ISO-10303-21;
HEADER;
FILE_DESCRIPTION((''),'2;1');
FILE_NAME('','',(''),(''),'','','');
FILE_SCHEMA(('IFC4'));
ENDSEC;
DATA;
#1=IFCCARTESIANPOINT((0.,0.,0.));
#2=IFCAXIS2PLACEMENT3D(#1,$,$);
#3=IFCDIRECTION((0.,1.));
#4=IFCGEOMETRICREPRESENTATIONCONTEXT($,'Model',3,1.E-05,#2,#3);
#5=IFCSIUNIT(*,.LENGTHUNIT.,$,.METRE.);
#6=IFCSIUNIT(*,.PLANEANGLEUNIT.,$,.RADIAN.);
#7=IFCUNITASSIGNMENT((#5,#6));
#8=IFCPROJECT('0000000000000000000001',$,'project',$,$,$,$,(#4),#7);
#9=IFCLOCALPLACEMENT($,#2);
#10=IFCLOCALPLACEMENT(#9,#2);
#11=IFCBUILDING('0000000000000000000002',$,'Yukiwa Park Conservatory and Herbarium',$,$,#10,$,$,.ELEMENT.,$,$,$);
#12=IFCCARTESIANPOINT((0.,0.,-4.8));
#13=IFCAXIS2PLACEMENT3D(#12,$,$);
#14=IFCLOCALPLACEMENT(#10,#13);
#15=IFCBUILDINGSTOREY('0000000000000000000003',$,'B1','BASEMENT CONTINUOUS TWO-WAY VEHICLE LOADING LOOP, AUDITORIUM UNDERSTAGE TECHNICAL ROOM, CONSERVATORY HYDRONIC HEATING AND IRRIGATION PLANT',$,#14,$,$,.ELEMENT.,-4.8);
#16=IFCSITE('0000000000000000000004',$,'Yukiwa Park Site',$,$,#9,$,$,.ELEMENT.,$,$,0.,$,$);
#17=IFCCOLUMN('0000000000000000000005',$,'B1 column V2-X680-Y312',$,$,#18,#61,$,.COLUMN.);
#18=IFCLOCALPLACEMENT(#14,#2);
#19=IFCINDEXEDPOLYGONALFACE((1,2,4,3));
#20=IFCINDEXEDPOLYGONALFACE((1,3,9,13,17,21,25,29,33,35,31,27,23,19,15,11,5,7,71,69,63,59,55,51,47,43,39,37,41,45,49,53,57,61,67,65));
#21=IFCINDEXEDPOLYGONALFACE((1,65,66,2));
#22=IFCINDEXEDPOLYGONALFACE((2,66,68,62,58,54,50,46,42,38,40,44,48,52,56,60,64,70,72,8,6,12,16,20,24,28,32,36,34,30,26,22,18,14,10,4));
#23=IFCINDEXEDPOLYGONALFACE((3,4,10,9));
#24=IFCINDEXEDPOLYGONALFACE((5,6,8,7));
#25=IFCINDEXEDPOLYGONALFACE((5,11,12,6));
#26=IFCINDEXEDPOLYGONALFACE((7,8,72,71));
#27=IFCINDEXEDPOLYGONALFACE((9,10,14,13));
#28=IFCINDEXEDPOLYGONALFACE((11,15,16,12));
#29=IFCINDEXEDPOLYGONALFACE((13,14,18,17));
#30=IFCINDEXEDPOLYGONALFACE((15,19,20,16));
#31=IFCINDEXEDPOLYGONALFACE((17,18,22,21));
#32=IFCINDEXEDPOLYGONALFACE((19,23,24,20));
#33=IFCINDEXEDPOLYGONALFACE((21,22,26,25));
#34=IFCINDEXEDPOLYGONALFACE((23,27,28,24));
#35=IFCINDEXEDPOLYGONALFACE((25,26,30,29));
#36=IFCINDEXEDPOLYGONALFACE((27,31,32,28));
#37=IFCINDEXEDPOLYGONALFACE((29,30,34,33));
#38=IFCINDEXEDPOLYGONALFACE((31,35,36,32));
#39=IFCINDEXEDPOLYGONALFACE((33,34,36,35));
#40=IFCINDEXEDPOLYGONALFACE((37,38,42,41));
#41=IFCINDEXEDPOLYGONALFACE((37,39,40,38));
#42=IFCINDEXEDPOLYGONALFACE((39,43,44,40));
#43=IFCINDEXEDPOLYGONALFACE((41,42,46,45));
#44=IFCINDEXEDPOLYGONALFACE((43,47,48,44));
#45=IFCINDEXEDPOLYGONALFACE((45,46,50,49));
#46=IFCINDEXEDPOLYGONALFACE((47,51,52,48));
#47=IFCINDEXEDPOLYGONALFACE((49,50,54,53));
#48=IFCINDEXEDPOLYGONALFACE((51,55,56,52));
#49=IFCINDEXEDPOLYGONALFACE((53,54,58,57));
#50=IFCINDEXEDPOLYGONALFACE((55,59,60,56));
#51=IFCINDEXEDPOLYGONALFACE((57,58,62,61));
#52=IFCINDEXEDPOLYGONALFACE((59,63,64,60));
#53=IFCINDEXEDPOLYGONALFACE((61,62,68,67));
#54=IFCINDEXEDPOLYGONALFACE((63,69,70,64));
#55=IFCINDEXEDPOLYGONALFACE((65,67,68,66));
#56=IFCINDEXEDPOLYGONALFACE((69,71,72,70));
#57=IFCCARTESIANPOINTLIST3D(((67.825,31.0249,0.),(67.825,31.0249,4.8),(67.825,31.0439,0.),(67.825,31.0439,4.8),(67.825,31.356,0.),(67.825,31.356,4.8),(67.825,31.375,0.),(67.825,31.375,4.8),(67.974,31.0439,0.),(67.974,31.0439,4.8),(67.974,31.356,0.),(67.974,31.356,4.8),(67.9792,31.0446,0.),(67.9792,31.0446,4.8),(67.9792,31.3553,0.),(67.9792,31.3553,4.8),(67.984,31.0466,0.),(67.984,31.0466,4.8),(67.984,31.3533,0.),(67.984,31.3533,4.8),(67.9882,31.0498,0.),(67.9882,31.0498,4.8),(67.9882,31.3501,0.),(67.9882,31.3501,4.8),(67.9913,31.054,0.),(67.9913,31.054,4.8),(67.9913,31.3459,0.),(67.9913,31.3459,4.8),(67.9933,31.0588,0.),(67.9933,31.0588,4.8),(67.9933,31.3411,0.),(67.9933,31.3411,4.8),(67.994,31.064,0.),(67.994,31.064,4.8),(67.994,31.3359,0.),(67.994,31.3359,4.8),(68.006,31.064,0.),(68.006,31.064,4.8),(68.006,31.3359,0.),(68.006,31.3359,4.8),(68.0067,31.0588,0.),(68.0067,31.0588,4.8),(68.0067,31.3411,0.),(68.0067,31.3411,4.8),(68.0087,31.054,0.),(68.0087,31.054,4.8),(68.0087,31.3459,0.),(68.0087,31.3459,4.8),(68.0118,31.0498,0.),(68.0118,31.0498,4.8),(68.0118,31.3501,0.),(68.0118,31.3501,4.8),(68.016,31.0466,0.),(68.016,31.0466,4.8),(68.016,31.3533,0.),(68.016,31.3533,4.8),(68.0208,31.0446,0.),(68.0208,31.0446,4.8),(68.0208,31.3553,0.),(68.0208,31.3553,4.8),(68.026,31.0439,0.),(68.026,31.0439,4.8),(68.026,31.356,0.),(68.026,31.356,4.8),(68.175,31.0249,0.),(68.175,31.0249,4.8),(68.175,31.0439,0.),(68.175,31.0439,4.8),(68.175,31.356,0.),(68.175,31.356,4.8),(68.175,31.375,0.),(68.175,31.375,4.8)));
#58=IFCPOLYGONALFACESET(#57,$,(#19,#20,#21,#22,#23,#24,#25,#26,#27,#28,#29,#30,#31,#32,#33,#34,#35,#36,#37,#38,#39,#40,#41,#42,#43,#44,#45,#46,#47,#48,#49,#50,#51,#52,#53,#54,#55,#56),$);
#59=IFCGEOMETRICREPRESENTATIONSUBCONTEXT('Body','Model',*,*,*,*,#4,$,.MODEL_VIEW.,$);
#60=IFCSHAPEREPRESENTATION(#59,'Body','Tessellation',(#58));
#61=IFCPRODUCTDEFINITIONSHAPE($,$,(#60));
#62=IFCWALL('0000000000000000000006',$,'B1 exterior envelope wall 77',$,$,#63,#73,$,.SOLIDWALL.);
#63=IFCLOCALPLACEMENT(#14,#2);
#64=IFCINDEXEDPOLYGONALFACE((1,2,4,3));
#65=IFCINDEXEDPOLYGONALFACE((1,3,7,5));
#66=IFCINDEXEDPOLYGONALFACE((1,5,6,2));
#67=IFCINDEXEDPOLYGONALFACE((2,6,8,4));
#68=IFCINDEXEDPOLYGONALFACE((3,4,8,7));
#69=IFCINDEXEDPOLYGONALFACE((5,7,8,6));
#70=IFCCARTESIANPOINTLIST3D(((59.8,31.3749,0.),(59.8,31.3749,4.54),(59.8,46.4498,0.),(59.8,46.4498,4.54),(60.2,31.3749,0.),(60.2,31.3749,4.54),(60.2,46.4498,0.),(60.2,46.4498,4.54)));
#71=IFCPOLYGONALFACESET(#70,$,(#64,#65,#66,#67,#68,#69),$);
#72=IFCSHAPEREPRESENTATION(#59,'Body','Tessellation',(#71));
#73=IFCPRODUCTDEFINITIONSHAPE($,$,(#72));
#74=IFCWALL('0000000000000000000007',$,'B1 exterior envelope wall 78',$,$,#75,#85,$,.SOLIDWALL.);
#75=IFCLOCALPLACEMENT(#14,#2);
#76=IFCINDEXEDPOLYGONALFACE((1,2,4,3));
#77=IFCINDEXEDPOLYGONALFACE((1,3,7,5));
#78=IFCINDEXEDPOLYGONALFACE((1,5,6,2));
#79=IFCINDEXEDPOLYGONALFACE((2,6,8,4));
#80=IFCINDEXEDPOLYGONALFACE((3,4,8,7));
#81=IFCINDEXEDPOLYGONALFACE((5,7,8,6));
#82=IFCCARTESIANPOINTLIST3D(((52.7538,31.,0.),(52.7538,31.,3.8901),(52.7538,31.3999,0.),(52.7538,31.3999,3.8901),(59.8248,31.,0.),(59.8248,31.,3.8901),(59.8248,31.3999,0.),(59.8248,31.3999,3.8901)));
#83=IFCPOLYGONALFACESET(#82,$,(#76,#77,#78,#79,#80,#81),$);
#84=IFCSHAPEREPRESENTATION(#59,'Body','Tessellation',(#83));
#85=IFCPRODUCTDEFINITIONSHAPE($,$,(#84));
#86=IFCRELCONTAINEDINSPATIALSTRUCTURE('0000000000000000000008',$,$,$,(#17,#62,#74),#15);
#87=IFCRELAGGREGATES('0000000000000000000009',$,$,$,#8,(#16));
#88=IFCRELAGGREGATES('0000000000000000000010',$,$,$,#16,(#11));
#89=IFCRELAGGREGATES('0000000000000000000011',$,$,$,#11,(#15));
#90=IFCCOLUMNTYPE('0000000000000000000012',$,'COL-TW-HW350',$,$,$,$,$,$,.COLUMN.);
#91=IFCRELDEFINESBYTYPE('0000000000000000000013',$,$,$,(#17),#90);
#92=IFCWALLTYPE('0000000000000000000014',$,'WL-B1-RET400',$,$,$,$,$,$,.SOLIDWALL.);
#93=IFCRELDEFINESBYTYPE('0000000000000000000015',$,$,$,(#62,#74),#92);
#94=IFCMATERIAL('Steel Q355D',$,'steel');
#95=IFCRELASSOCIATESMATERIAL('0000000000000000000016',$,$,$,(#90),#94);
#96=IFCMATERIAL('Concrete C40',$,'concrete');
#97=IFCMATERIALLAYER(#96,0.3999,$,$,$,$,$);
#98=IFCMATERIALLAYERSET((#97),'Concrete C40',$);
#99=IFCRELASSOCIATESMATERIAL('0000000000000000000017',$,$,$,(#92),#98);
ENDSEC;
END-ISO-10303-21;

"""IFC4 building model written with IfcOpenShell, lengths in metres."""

from ifc_helpers import new_model, si_unit, direction, frame, frame_2d, origin, origin_2d, place, context, subcontext, project, spatial, rectangle, i_section, extrude, material, layer, layer_set, material_profile, profile_set, type_object, element, save


model = new_model("IFC4")

# Units and contexts
model_context = context("Model", 3, precision=1e-05, world=origin(), true_north=direction((0.0, 1.0)))
body_context = subcontext(model_context, "Body", "Model", "MODEL_VIEW")
ifc_project = project(units=[si_unit("LENGTHUNIT", "METRE"), si_unit("PLANEANGLEUNIT", "RADIAN")], contexts=[model_context])

# Site, building, storey
site_placement = place(None, origin())
site = spatial("IfcSite", under=ifc_project, at=site_placement, Name="Yukiwa Park Site", CompositionType="ELEMENT", RefElevation=0.0)
building_placement = place(site_placement, origin())
building = spatial("IfcBuilding", under=site, at=building_placement, Name="Yukiwa Park Conservatory and Herbarium", CompositionType="ELEMENT")
storey_placement = place(building_placement, frame((0.0, 0.0, -4.8)))
storey = spatial("IfcBuildingStorey", under=building, at=storey_placement, Name="B1", Description="BASEMENT CONTINUOUS TWO-WAY VEHICLE LOADING LOOP, AUDITORIUM UNDERSTAGE TECHNICAL ROOM, CONSERVATORY HYDRONIC HEATING AND IRRIGATION PLANT", CompositionType="ELEMENT", Elevation=-4.8)

# Column
ifc_material_1 = material(Name="Steel Q355D", Category="steel")
ifc_material_profile_1 = material_profile(ifc_material_1, i_section(OverallWidth=0.3501, OverallDepth=0.3501, WebThickness=0.012, FlangeThickness=0.019, FilletRadius=0.02, at=origin_2d()), Name="HW 350x350x12x19")
ifc_profile_set_1 = profile_set([ifc_material_profile_1], Name="Steel Q355D")
column_type_1 = type_object("IfcColumnType", Name="COL-TW-HW350", PredefinedType="COLUMN", material=ifc_profile_set_1)
for number, where, z_axis, x_axis, name in (
    (1, (68.0, 31.2, 0.0), (0.0, 0.0, 1.0), (1.0, 0.0, 0.0), "B1 column V2-X680-Y312"),
):
    element("IfcColumn", number, at=place(storey_placement, frame(where, z_axis=z_axis, x_axis=x_axis)), inside=storey, type_object=column_type_1, Name=name, PredefinedType="COLUMN", context=body_context, shape_type="SweptSolid", body=[
        extrude(i_section(OverallWidth=0.3501, OverallDepth=0.3501, WebThickness=0.012, FlangeThickness=0.019, FilletRadius=0.02, at=origin_2d()), origin(), (0.0, 0.0, 1.0), 4.8),
    ])

# Walls
ifc_material_2 = material(Name="Concrete C40", Category="concrete")
ifc_layer = layer(ifc_material_2, 0.3999)
ifc_layer_set = layer_set([ifc_layer], Name="Concrete C40")
wall_type = type_object("IfcWallType", Name="WL-B1-RET400", PredefinedType="SOLIDWALL", material=ifc_layer_set)
wall_1_placement = place(storey_placement, frame((60.0, 46.45, 0.0), z_axis=(0.0, 0.0, 1.0), x_axis=(0.0, -1.0, 0.0)))
element("IfcWall", 2, at=wall_1_placement, inside=storey, type_object=wall_type, Name="B1 exterior envelope wall 77", PredefinedType="SOLIDWALL", context=body_context, shape_type="SweptSolid", body=[
    extrude(rectangle(XDim=15.075, YDim=0.3999, at=frame_2d((7.5376, 0.0))), origin(), (0.0, 0.0, 1.0), 4.54),
])
wall_2_placement = place(storey_placement, frame((59.825, 31.2, 0.0), z_axis=(0.0, 0.0, 1.0), x_axis=(-1.0, 0.0, 0.0)))
element("IfcWall", 3, at=wall_2_placement, inside=storey, type_object=wall_type, Name="B1 exterior envelope wall 78", PredefinedType="SOLIDWALL", context=body_context, shape_type="SweptSolid", body=[
    extrude(rectangle(XDim=7.071, YDim=0.3999, at=frame_2d((3.5356, 0.0))), origin(), (0.0, 0.0, 1.0), 3.8901),
])

save(model, "model.ifc")
